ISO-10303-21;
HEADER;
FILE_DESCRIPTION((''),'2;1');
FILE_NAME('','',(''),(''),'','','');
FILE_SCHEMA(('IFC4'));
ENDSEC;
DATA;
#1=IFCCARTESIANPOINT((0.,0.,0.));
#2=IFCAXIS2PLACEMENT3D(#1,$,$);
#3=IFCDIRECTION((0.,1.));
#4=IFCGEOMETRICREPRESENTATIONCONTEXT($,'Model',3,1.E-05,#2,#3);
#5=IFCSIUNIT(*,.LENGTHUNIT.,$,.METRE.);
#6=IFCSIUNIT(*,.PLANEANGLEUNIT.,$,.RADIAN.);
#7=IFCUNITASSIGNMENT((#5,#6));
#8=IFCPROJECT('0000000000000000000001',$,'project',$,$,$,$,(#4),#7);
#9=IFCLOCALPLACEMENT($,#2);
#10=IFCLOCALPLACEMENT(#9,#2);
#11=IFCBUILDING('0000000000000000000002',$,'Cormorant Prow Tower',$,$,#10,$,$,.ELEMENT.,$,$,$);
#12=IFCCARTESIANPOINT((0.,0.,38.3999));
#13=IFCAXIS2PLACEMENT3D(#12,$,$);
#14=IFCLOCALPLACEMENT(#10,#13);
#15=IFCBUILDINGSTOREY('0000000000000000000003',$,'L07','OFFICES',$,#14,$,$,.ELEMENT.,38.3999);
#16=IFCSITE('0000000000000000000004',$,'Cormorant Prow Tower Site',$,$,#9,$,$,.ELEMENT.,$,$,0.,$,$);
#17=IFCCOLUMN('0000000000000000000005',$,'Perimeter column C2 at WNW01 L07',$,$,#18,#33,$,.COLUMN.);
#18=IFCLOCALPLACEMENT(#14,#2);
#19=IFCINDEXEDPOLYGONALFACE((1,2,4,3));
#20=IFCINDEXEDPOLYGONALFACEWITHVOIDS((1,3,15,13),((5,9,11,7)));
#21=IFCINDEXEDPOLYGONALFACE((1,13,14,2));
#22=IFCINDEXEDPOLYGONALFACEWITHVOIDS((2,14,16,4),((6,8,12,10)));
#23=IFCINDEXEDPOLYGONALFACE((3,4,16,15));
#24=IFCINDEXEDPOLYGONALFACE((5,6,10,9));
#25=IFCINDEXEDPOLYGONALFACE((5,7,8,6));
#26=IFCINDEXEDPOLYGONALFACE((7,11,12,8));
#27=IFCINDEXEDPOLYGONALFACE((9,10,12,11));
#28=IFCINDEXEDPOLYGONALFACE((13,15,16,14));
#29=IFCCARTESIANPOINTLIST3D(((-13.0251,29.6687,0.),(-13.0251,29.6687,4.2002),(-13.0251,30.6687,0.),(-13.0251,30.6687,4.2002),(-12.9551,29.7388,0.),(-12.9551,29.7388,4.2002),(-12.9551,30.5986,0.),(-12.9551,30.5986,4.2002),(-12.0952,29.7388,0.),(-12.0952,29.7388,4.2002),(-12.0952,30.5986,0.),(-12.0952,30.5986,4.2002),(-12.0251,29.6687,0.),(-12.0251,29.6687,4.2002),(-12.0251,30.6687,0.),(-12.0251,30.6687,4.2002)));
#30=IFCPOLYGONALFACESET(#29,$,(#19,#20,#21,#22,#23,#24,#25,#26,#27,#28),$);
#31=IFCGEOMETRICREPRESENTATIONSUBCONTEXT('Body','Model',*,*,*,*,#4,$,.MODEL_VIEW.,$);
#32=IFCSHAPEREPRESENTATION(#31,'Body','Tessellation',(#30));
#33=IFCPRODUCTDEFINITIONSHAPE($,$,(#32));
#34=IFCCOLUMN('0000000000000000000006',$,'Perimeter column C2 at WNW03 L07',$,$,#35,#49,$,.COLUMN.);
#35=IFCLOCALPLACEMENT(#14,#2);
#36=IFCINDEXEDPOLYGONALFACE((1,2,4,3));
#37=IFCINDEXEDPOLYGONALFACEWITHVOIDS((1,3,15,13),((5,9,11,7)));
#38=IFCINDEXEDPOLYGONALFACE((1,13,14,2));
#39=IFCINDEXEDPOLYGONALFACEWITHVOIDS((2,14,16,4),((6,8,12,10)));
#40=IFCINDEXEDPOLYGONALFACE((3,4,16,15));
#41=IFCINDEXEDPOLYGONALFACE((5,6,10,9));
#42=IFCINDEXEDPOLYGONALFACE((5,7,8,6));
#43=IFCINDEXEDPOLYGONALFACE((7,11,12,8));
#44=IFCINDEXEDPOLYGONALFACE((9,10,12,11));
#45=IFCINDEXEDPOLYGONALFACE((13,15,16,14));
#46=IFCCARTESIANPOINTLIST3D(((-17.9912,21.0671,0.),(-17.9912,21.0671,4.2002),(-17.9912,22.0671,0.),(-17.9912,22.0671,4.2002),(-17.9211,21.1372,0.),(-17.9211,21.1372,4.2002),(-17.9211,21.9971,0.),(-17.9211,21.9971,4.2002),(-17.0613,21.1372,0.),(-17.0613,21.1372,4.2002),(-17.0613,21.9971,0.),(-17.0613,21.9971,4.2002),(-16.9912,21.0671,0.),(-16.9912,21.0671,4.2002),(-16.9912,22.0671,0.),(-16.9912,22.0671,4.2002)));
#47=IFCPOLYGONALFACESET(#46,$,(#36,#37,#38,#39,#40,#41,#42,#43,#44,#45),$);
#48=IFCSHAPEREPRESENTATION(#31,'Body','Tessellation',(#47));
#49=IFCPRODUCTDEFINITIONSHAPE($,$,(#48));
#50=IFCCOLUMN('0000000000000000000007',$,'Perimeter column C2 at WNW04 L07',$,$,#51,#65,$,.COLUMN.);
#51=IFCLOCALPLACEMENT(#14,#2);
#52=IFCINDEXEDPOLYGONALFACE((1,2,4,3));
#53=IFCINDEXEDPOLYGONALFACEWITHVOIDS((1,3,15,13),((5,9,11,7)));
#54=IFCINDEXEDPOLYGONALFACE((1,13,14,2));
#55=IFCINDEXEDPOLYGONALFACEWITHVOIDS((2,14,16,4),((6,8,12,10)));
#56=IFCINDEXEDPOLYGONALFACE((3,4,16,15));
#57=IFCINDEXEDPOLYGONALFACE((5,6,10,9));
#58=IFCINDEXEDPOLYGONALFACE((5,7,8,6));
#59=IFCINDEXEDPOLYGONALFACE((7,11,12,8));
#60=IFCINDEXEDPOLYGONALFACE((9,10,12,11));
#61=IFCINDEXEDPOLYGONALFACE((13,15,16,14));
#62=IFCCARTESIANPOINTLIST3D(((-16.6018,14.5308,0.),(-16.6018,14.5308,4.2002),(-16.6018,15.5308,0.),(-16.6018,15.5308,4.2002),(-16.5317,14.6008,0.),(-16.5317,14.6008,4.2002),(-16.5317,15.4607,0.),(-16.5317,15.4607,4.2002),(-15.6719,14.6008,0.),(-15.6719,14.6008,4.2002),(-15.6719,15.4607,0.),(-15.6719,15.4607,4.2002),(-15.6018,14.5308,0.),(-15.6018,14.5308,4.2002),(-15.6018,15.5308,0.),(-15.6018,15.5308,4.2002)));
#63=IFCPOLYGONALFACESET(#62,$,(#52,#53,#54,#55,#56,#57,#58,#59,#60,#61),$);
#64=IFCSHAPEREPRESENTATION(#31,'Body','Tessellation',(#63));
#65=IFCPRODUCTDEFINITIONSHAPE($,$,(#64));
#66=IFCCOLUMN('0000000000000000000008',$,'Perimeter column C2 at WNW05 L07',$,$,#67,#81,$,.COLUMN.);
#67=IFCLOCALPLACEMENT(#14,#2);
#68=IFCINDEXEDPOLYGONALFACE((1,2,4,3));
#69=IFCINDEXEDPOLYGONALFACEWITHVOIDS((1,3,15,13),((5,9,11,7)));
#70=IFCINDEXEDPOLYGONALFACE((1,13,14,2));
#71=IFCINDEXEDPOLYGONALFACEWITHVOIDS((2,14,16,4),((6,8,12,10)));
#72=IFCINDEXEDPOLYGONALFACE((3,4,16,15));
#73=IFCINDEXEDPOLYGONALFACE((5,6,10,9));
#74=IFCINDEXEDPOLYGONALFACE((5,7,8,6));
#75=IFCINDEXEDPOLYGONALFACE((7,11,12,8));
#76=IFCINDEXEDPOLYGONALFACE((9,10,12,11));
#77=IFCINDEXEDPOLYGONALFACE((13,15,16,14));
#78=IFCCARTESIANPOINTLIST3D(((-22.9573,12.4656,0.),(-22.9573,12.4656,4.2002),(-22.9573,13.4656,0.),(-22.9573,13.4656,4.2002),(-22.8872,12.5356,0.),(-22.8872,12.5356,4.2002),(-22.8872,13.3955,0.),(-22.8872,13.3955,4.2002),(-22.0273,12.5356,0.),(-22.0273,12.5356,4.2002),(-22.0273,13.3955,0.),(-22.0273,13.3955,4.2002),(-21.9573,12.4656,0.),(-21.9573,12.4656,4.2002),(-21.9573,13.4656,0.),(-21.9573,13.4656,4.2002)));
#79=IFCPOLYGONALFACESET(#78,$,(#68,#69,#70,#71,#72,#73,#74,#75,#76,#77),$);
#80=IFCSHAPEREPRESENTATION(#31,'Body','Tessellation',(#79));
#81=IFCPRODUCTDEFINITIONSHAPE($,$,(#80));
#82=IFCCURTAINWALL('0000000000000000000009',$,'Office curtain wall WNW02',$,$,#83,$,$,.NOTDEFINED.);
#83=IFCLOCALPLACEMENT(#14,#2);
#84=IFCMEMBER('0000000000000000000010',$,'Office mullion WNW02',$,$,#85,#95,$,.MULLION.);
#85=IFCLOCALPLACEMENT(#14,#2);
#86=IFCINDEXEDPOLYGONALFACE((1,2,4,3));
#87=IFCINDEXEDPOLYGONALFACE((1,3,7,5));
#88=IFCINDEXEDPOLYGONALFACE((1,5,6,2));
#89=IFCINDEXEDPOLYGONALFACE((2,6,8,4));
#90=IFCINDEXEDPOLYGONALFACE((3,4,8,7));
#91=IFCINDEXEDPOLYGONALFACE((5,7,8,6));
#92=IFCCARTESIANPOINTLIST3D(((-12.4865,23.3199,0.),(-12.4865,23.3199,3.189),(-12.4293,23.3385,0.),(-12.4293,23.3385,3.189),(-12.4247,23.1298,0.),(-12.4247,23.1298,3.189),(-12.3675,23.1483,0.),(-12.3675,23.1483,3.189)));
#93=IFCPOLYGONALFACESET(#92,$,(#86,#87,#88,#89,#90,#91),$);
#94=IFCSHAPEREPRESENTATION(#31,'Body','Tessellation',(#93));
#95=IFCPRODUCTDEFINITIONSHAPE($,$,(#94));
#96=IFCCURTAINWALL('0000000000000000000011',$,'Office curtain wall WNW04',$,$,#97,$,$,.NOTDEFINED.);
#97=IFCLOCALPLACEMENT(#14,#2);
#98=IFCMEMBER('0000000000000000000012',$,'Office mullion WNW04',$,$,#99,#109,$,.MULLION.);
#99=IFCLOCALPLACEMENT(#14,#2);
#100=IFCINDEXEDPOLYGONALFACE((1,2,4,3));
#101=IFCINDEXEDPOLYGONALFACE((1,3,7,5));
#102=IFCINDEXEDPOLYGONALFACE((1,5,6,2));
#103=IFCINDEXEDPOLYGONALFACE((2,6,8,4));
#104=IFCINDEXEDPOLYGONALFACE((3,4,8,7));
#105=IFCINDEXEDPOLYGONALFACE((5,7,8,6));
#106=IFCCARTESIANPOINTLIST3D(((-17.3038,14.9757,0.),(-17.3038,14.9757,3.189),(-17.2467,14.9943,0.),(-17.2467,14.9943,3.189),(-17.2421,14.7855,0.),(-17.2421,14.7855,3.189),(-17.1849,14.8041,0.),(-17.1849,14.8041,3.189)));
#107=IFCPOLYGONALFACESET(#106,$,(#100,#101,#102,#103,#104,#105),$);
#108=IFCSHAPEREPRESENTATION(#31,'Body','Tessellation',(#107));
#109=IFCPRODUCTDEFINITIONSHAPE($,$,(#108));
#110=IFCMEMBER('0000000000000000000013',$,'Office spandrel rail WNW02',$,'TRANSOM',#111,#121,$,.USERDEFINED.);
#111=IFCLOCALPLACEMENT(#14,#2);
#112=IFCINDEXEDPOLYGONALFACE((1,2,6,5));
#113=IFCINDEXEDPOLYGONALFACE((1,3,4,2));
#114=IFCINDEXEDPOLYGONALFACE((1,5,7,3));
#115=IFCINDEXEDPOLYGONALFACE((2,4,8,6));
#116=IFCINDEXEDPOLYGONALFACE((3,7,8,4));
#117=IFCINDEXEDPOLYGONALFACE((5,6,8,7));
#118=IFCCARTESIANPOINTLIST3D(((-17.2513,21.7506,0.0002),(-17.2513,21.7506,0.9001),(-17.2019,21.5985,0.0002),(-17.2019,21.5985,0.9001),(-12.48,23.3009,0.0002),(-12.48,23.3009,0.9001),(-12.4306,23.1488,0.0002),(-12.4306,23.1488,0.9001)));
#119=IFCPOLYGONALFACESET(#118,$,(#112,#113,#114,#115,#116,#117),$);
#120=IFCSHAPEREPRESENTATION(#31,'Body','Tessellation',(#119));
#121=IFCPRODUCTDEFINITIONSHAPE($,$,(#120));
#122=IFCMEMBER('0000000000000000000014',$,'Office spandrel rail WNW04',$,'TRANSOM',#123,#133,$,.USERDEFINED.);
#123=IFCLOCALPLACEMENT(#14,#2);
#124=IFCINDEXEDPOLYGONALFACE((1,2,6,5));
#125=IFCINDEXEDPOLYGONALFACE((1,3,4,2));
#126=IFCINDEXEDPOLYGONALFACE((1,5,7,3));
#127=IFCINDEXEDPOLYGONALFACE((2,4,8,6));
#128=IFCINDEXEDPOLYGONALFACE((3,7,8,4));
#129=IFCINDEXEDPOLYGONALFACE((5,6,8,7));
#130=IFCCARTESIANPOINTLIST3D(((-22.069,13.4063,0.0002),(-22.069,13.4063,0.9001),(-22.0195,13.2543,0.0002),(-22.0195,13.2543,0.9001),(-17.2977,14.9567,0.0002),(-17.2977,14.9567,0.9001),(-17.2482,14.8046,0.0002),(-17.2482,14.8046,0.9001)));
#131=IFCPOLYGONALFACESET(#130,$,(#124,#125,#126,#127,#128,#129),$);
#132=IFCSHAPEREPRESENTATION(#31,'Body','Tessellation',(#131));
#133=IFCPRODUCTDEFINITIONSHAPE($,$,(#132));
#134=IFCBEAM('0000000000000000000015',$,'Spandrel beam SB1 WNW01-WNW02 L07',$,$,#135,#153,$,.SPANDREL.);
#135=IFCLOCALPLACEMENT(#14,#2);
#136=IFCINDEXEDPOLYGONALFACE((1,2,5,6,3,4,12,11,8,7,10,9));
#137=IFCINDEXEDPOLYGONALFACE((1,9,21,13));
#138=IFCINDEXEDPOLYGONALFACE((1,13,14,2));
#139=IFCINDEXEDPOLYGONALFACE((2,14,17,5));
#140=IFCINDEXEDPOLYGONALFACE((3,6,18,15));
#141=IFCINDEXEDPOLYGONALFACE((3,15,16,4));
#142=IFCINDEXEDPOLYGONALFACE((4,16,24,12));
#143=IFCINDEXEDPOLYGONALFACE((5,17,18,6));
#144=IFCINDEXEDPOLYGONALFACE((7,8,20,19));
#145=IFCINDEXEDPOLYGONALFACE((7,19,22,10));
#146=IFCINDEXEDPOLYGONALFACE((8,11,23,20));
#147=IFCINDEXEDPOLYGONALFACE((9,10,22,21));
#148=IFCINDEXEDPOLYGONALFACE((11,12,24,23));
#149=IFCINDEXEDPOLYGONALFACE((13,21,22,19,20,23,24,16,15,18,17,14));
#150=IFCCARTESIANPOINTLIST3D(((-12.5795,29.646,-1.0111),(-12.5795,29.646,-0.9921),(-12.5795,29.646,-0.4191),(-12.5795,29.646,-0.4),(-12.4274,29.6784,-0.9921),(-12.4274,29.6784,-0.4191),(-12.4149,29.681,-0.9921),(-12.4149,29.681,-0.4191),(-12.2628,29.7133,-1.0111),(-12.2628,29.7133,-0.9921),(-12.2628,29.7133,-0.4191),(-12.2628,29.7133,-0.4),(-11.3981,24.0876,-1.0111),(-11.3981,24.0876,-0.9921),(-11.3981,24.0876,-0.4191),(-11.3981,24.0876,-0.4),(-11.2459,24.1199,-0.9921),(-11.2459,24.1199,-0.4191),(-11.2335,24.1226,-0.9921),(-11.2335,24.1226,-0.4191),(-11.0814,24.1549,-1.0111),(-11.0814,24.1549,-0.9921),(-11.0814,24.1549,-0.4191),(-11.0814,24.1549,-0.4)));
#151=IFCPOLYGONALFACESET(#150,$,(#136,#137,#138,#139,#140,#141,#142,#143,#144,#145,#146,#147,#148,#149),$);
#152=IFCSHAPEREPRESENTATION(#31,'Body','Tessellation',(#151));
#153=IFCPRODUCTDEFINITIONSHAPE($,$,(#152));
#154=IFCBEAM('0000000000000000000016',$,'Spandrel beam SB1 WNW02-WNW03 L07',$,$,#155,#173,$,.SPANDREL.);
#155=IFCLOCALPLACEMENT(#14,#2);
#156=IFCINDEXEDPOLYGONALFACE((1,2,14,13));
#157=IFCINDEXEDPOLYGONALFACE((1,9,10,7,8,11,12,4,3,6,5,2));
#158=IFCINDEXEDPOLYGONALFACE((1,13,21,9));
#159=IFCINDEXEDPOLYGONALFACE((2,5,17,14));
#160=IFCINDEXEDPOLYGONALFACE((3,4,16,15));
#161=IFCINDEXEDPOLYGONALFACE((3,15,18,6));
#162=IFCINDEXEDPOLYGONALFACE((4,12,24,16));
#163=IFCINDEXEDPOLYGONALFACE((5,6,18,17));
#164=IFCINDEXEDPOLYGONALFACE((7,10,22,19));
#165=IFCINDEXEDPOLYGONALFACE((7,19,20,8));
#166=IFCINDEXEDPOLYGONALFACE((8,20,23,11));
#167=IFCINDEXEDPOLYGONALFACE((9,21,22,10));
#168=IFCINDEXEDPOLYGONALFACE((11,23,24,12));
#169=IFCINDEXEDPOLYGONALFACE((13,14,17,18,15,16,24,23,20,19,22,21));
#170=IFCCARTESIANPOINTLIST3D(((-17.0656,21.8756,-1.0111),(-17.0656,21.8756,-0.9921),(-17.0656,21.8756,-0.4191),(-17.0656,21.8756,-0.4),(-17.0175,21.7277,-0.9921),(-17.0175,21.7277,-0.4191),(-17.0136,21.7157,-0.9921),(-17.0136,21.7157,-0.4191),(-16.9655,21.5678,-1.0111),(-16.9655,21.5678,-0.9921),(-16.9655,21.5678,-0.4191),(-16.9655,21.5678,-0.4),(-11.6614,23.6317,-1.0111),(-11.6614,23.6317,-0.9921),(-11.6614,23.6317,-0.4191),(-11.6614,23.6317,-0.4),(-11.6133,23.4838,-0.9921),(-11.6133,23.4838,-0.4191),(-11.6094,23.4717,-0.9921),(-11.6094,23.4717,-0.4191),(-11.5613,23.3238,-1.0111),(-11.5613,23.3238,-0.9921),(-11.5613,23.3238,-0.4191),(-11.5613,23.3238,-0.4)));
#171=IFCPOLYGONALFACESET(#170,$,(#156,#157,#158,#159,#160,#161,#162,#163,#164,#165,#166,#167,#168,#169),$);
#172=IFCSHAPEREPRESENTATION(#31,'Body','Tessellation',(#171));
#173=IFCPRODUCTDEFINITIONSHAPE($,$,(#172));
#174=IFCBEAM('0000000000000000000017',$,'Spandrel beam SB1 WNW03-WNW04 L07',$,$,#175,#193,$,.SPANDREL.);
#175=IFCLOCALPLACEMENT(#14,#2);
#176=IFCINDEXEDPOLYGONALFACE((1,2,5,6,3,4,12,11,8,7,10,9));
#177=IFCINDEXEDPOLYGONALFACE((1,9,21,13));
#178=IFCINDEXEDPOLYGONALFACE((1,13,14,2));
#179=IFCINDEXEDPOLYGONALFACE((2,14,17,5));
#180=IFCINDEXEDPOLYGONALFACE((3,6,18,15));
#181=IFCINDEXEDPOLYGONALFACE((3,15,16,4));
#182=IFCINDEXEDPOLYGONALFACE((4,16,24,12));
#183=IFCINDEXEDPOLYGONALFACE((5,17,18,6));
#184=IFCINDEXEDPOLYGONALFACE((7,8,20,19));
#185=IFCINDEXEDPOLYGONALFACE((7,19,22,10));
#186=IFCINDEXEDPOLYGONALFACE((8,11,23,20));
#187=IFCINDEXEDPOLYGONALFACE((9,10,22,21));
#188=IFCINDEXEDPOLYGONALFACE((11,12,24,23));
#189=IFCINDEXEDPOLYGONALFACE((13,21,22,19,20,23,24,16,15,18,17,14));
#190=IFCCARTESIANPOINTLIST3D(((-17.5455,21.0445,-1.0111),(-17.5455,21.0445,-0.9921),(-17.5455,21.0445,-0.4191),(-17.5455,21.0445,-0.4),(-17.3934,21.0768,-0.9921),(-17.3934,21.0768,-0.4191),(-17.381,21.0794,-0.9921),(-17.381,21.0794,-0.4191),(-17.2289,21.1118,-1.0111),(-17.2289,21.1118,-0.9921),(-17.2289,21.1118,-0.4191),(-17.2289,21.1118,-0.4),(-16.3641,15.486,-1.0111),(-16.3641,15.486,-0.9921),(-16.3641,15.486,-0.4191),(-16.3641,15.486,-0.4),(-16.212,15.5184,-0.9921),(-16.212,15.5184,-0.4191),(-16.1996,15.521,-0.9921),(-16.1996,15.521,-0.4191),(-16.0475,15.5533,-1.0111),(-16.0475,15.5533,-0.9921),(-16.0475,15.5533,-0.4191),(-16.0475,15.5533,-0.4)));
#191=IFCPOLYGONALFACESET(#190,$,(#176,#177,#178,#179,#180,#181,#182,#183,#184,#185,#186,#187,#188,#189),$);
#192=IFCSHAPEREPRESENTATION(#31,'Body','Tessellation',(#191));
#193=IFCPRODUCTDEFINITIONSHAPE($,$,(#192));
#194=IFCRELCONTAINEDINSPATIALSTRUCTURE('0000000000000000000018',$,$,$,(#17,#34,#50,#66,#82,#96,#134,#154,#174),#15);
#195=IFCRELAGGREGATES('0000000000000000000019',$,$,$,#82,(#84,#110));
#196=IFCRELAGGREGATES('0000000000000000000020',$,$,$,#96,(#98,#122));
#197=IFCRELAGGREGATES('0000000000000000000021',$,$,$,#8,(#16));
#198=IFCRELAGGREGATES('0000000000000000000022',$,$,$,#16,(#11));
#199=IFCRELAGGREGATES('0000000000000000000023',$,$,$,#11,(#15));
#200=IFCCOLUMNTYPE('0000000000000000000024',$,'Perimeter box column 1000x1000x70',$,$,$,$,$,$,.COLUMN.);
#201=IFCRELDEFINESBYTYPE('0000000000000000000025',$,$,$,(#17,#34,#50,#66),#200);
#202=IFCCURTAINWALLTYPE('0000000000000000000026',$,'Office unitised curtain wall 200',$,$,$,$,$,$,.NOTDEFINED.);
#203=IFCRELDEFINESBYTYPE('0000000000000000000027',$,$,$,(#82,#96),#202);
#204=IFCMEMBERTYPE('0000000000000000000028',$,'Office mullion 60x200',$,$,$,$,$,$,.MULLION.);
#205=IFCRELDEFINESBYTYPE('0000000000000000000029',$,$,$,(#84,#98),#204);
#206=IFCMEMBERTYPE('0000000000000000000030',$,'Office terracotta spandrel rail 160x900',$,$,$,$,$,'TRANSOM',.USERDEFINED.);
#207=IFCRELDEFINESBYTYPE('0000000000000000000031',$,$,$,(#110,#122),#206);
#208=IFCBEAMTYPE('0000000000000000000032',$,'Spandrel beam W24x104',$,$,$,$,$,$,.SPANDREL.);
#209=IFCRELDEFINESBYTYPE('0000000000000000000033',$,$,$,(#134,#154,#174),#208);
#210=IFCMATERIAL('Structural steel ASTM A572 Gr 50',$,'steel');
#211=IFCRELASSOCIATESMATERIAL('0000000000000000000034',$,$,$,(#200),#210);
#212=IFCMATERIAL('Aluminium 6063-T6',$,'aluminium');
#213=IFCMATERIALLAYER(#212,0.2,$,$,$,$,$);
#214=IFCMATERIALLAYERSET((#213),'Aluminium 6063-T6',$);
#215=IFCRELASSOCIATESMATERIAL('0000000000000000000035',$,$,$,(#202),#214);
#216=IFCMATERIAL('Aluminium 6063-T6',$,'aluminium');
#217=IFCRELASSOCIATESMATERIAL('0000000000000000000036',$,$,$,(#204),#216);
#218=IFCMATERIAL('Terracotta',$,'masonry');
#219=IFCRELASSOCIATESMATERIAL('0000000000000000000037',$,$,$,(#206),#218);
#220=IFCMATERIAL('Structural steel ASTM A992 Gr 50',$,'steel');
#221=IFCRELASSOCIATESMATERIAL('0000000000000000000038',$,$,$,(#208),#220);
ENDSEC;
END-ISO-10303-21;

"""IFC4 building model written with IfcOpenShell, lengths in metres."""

from ifc_helpers import new_model, si_unit, direction, frame, origin, origin_2d, place, context, subcontext, project, spatial, rectangle, hollow_rectangle, i_section, extrude, material, layer, layer_set, material_profile, profile_set, type_object, element, aggregate, save


model = new_model("IFC4")

# Units and contexts
model_context = context("Model", 3, precision=1e-05, world=origin(), true_north=direction((0.0, 1.0)))
body_context = subcontext(model_context, "Body", "Model", "MODEL_VIEW")
ifc_project = project(units=[si_unit("LENGTHUNIT", "METRE"), si_unit("PLANEANGLEUNIT", "RADIAN")], contexts=[model_context])

# Site, building, storey
site_placement = place(None, origin())
site = spatial("IfcSite", under=ifc_project, at=site_placement, Name="Cormorant Prow Tower Site", CompositionType="ELEMENT", RefElevation=0.0)
building_placement = place(site_placement, origin())
building = spatial("IfcBuilding", under=site, at=building_placement, Name="Cormorant Prow Tower", CompositionType="ELEMENT")
storey_placement = place(building_placement, frame((0.0, 0.0, 38.3999)))
storey = spatial("IfcBuildingStorey", under=building, at=storey_placement, Name="L07", Description="OFFICES", CompositionType="ELEMENT", Elevation=38.3999)

# Columns
ifc_material_1 = material(Name="Structural steel ASTM A572 Gr 50", Category="steel")
ifc_material_profile_1 = material_profile(ifc_material_1, hollow_rectangle(XDim=1.0, YDim=1.0, WallThickness=0.0701, at=origin_2d()), Name="Box 1000x1000x70")
ifc_profile_set_1 = profile_set([ifc_material_profile_1], Name="Structural steel ASTM A572 Gr 50")
column_type = type_object("IfcColumnType", Name="Perimeter box column 1000x1000x70", PredefinedType="COLUMN", material=ifc_profile_set_1)
for number, where, z_axis, x_axis, name in (
    (1, (-12.5251, 30.1687, 0.0), (0.0, 0.0, 1.0), (1.0, 0.0, 0.0), "Perimeter column C2 at WNW01 L07"),
    (2, (-17.4912, 21.5671, 0.0), (0.0, 0.0, 1.0), (1.0, 0.0, 0.0), "Perimeter column C2 at WNW03 L07"),
    (3, (-16.1018, 15.0308, 0.0), (0.0, 0.0, 1.0), (1.0, 0.0, 0.0), "Perimeter column C2 at WNW04 L07"),
    (4, (-22.4573, 12.9656, 0.0), (0.0, 0.0, 1.0), (1.0, 0.0, 0.0), "Perimeter column C2 at WNW05 L07"),
):
    element("IfcColumn", number, at=place(storey_placement, frame(where, z_axis=z_axis, x_axis=x_axis)), inside=storey, type_object=column_type, Name=name, PredefinedType="COLUMN", context=body_context, shape_type="SweptSolid", body=[
        extrude(hollow_rectangle(XDim=1.0, YDim=1.0, WallThickness=0.0701, at=origin_2d()), origin(), (0.0, 0.0, 1.0), 4.2002),
    ])

# Curtain walls, members
ifc_material_2 = material(Name="Aluminium 6063-T6", Category="aluminium")
ifc_layer_1 = layer(ifc_material_2, 0.2)
ifc_layer_set_1 = layer_set([ifc_layer_1], Name="Aluminium 6063-T6")
curtain_wall_type = type_object("IfcCurtainWallType", Name="Office unitised curtain wall 200", PredefinedType="NOTDEFINED", material=ifc_layer_set_1)
curtain_wall_1_placement = place(storey_placement, origin())
curtain_wall_1 = element("IfcCurtainWall", 5, at=curtain_wall_1_placement, inside=storey, type_object=curtain_wall_type, Name="Office curtain wall WNW02", PredefinedType="NOTDEFINED")
ifc_material_3 = material(Name="Aluminium 6063-T6", Category="aluminium")
ifc_material_profile_2 = material_profile(ifc_material_3, rectangle(XDim=0.2, YDim=0.0601, at=origin_2d()), Name="Office mullion 60x200")
ifc_profile_set_2 = profile_set([ifc_material_profile_2], Name="Aluminium 6063-T6")
member_type_1 = type_object("IfcMemberType", Name="Office mullion 60x200", PredefinedType="MULLION", material=ifc_profile_set_2)
member_1_placement = place(storey_placement, frame((-12.427, 23.2341, 0.0), z_axis=(0.0, 0.0, 1.0), x_axis=(0.309017, -0.951057, 0.0)))
member_1 = element("IfcMember", 6, at=member_1_placement, type_object=member_type_1, Name="Office mullion WNW02", PredefinedType="MULLION", context=body_context, shape_type="SweptSolid", body=[
    extrude(rectangle(XDim=0.2, YDim=0.0601, at=origin_2d()), origin(), (0.0, 0.0, 1.0), 3.189),
])
curtain_wall_2_placement = place(storey_placement, origin())
curtain_wall_2 = element("IfcCurtainWall", 7, at=curtain_wall_2_placement, inside=storey, type_object=curtain_wall_type, Name="Office curtain wall WNW04", PredefinedType="NOTDEFINED")
member_2_placement = place(storey_placement, frame((-17.2444, 14.8899, 0.0), z_axis=(0.0, 0.0, 1.0), x_axis=(0.309017, -0.951057, 0.0)))
member_2 = element("IfcMember", 8, at=member_2_placement, type_object=member_type_1, Name="Office mullion WNW04", PredefinedType="MULLION", context=body_context, shape_type="SweptSolid", body=[
    extrude(rectangle(XDim=0.2, YDim=0.0601, at=origin_2d()), origin(), (0.0, 0.0, 1.0), 3.189),
])

# Members
ifc_material_4 = material(Name="Terracotta", Category="masonry")
ifc_material_profile_3 = material_profile(ifc_material_4, rectangle(XDim=0.1599, YDim=0.8999, at=origin_2d()), Name="Office terracotta spandrel rail 160x900")
ifc_profile_set_3 = profile_set([ifc_material_profile_3], Name="Terracotta")
member_type_2 = type_object("IfcMemberType", Name="Office terracotta spandrel rail 160x900", ElementType="TRANSOM", PredefinedType="USERDEFINED", material=ifc_profile_set_3)
member_3_placement = place(storey_placement, frame((-12.4553, 23.2249, 0.4502), z_axis=(-0.951055, -0.309021, 0.0), x_axis=(0.309021, -0.951055, 0.0)))
member_3 = element("IfcMember", 9, at=member_3_placement, type_object=member_type_2, Name="Office spandrel rail WNW02", ObjectType="TRANSOM", PredefinedType="USERDEFINED", context=body_context, shape_type="SweptSolid", body=[
    extrude(rectangle(XDim=0.1599, YDim=0.8999, at=origin_2d()), origin(), (0.0, 0.0, 1.0), 5.0168),
])
member_4_placement = place(storey_placement, frame((-17.2729, 14.8806, 0.4502), z_axis=(-0.951055, -0.309021, 0.0), x_axis=(0.309021, -0.951055, 0.0)))
member_4 = element("IfcMember", 10, at=member_4_placement, type_object=member_type_2, Name="Office spandrel rail WNW04", ObjectType="TRANSOM", PredefinedType="USERDEFINED", context=body_context, shape_type="SweptSolid", body=[
    extrude(rectangle(XDim=0.1599, YDim=0.8999, at=origin_2d()), origin(), (0.0, 0.0, 1.0), 5.0168),
])

# Beams
ifc_material_5 = material(Name="Structural steel ASTM A992 Gr 50", Category="steel")
ifc_material_profile_4 = material_profile(ifc_material_5, i_section(OverallWidth=0.3237, OverallDepth=0.6111, WebThickness=0.0127, FlangeThickness=0.019, at=origin_2d()), Name="W24x104")
ifc_profile_set_4 = profile_set([ifc_material_profile_4], Name="Structural steel ASTM A992 Gr 50")
beam_type = type_object("IfcBeamType", Name="Spandrel beam W24x104", PredefinedType="SPANDREL", material=ifc_profile_set_4)
beam_1_placement = place(storey_placement, frame((-12.4211, 29.6797, -0.7056), z_axis=(0.2079, -0.97815, 0.0), x_axis=(0.97815, 0.2079, 0.0)))
element("IfcBeam", 11, at=beam_1_placement, inside=storey, type_object=beam_type, Name="Spandrel beam SB1 WNW01-WNW02 L07", PredefinedType="SPANDREL", context=body_context, shape_type="SweptSolid", body=[
    extrude(i_section(OverallWidth=0.3237, OverallDepth=0.6111, WebThickness=0.0127, FlangeThickness=0.019, at=origin_2d()), origin(), (0.0, 0.0, 1.0), 5.6826),
])
beam_2_placement = place(storey_placement, frame((-11.6113, 23.4778, -0.7056), z_axis=(-0.951049, -0.309039, 0.0), x_axis=(0.309039, -0.951049, 0.0)))
element("IfcBeam", 12, at=beam_2_placement, inside=storey, type_object=beam_type, Name="Spandrel beam SB1 WNW02-WNW03 L07", PredefinedType="SPANDREL", context=body_context, shape_type="SweptSolid", body=[
    extrude(i_section(OverallWidth=0.3237, OverallDepth=0.6111, WebThickness=0.0127, FlangeThickness=0.019, at=origin_2d()), origin(), (0.0, 0.0, 1.0), 5.6824),
])
beam_3_placement = place(storey_placement, frame((-17.3872, 21.0781, -0.7056), z_axis=(0.2079, -0.97815, 0.0), x_axis=(0.97815, 0.2079, 0.0)))
element("IfcBeam", 13, at=beam_3_placement, inside=storey, type_object=beam_type, Name="Spandrel beam SB1 WNW03-WNW04 L07", PredefinedType="SPANDREL", context=body_context, shape_type="SweptSolid", body=[
    extrude(i_section(OverallWidth=0.3237, OverallDepth=0.6111, WebThickness=0.0127, FlangeThickness=0.019, at=origin_2d()), origin(), (0.0, 0.0, 1.0), 5.6826),
])

aggregate(curtain_wall_1, [member_1, member_3])
aggregate(curtain_wall_2, [member_2, member_4])

save(model, "model.ifc")
